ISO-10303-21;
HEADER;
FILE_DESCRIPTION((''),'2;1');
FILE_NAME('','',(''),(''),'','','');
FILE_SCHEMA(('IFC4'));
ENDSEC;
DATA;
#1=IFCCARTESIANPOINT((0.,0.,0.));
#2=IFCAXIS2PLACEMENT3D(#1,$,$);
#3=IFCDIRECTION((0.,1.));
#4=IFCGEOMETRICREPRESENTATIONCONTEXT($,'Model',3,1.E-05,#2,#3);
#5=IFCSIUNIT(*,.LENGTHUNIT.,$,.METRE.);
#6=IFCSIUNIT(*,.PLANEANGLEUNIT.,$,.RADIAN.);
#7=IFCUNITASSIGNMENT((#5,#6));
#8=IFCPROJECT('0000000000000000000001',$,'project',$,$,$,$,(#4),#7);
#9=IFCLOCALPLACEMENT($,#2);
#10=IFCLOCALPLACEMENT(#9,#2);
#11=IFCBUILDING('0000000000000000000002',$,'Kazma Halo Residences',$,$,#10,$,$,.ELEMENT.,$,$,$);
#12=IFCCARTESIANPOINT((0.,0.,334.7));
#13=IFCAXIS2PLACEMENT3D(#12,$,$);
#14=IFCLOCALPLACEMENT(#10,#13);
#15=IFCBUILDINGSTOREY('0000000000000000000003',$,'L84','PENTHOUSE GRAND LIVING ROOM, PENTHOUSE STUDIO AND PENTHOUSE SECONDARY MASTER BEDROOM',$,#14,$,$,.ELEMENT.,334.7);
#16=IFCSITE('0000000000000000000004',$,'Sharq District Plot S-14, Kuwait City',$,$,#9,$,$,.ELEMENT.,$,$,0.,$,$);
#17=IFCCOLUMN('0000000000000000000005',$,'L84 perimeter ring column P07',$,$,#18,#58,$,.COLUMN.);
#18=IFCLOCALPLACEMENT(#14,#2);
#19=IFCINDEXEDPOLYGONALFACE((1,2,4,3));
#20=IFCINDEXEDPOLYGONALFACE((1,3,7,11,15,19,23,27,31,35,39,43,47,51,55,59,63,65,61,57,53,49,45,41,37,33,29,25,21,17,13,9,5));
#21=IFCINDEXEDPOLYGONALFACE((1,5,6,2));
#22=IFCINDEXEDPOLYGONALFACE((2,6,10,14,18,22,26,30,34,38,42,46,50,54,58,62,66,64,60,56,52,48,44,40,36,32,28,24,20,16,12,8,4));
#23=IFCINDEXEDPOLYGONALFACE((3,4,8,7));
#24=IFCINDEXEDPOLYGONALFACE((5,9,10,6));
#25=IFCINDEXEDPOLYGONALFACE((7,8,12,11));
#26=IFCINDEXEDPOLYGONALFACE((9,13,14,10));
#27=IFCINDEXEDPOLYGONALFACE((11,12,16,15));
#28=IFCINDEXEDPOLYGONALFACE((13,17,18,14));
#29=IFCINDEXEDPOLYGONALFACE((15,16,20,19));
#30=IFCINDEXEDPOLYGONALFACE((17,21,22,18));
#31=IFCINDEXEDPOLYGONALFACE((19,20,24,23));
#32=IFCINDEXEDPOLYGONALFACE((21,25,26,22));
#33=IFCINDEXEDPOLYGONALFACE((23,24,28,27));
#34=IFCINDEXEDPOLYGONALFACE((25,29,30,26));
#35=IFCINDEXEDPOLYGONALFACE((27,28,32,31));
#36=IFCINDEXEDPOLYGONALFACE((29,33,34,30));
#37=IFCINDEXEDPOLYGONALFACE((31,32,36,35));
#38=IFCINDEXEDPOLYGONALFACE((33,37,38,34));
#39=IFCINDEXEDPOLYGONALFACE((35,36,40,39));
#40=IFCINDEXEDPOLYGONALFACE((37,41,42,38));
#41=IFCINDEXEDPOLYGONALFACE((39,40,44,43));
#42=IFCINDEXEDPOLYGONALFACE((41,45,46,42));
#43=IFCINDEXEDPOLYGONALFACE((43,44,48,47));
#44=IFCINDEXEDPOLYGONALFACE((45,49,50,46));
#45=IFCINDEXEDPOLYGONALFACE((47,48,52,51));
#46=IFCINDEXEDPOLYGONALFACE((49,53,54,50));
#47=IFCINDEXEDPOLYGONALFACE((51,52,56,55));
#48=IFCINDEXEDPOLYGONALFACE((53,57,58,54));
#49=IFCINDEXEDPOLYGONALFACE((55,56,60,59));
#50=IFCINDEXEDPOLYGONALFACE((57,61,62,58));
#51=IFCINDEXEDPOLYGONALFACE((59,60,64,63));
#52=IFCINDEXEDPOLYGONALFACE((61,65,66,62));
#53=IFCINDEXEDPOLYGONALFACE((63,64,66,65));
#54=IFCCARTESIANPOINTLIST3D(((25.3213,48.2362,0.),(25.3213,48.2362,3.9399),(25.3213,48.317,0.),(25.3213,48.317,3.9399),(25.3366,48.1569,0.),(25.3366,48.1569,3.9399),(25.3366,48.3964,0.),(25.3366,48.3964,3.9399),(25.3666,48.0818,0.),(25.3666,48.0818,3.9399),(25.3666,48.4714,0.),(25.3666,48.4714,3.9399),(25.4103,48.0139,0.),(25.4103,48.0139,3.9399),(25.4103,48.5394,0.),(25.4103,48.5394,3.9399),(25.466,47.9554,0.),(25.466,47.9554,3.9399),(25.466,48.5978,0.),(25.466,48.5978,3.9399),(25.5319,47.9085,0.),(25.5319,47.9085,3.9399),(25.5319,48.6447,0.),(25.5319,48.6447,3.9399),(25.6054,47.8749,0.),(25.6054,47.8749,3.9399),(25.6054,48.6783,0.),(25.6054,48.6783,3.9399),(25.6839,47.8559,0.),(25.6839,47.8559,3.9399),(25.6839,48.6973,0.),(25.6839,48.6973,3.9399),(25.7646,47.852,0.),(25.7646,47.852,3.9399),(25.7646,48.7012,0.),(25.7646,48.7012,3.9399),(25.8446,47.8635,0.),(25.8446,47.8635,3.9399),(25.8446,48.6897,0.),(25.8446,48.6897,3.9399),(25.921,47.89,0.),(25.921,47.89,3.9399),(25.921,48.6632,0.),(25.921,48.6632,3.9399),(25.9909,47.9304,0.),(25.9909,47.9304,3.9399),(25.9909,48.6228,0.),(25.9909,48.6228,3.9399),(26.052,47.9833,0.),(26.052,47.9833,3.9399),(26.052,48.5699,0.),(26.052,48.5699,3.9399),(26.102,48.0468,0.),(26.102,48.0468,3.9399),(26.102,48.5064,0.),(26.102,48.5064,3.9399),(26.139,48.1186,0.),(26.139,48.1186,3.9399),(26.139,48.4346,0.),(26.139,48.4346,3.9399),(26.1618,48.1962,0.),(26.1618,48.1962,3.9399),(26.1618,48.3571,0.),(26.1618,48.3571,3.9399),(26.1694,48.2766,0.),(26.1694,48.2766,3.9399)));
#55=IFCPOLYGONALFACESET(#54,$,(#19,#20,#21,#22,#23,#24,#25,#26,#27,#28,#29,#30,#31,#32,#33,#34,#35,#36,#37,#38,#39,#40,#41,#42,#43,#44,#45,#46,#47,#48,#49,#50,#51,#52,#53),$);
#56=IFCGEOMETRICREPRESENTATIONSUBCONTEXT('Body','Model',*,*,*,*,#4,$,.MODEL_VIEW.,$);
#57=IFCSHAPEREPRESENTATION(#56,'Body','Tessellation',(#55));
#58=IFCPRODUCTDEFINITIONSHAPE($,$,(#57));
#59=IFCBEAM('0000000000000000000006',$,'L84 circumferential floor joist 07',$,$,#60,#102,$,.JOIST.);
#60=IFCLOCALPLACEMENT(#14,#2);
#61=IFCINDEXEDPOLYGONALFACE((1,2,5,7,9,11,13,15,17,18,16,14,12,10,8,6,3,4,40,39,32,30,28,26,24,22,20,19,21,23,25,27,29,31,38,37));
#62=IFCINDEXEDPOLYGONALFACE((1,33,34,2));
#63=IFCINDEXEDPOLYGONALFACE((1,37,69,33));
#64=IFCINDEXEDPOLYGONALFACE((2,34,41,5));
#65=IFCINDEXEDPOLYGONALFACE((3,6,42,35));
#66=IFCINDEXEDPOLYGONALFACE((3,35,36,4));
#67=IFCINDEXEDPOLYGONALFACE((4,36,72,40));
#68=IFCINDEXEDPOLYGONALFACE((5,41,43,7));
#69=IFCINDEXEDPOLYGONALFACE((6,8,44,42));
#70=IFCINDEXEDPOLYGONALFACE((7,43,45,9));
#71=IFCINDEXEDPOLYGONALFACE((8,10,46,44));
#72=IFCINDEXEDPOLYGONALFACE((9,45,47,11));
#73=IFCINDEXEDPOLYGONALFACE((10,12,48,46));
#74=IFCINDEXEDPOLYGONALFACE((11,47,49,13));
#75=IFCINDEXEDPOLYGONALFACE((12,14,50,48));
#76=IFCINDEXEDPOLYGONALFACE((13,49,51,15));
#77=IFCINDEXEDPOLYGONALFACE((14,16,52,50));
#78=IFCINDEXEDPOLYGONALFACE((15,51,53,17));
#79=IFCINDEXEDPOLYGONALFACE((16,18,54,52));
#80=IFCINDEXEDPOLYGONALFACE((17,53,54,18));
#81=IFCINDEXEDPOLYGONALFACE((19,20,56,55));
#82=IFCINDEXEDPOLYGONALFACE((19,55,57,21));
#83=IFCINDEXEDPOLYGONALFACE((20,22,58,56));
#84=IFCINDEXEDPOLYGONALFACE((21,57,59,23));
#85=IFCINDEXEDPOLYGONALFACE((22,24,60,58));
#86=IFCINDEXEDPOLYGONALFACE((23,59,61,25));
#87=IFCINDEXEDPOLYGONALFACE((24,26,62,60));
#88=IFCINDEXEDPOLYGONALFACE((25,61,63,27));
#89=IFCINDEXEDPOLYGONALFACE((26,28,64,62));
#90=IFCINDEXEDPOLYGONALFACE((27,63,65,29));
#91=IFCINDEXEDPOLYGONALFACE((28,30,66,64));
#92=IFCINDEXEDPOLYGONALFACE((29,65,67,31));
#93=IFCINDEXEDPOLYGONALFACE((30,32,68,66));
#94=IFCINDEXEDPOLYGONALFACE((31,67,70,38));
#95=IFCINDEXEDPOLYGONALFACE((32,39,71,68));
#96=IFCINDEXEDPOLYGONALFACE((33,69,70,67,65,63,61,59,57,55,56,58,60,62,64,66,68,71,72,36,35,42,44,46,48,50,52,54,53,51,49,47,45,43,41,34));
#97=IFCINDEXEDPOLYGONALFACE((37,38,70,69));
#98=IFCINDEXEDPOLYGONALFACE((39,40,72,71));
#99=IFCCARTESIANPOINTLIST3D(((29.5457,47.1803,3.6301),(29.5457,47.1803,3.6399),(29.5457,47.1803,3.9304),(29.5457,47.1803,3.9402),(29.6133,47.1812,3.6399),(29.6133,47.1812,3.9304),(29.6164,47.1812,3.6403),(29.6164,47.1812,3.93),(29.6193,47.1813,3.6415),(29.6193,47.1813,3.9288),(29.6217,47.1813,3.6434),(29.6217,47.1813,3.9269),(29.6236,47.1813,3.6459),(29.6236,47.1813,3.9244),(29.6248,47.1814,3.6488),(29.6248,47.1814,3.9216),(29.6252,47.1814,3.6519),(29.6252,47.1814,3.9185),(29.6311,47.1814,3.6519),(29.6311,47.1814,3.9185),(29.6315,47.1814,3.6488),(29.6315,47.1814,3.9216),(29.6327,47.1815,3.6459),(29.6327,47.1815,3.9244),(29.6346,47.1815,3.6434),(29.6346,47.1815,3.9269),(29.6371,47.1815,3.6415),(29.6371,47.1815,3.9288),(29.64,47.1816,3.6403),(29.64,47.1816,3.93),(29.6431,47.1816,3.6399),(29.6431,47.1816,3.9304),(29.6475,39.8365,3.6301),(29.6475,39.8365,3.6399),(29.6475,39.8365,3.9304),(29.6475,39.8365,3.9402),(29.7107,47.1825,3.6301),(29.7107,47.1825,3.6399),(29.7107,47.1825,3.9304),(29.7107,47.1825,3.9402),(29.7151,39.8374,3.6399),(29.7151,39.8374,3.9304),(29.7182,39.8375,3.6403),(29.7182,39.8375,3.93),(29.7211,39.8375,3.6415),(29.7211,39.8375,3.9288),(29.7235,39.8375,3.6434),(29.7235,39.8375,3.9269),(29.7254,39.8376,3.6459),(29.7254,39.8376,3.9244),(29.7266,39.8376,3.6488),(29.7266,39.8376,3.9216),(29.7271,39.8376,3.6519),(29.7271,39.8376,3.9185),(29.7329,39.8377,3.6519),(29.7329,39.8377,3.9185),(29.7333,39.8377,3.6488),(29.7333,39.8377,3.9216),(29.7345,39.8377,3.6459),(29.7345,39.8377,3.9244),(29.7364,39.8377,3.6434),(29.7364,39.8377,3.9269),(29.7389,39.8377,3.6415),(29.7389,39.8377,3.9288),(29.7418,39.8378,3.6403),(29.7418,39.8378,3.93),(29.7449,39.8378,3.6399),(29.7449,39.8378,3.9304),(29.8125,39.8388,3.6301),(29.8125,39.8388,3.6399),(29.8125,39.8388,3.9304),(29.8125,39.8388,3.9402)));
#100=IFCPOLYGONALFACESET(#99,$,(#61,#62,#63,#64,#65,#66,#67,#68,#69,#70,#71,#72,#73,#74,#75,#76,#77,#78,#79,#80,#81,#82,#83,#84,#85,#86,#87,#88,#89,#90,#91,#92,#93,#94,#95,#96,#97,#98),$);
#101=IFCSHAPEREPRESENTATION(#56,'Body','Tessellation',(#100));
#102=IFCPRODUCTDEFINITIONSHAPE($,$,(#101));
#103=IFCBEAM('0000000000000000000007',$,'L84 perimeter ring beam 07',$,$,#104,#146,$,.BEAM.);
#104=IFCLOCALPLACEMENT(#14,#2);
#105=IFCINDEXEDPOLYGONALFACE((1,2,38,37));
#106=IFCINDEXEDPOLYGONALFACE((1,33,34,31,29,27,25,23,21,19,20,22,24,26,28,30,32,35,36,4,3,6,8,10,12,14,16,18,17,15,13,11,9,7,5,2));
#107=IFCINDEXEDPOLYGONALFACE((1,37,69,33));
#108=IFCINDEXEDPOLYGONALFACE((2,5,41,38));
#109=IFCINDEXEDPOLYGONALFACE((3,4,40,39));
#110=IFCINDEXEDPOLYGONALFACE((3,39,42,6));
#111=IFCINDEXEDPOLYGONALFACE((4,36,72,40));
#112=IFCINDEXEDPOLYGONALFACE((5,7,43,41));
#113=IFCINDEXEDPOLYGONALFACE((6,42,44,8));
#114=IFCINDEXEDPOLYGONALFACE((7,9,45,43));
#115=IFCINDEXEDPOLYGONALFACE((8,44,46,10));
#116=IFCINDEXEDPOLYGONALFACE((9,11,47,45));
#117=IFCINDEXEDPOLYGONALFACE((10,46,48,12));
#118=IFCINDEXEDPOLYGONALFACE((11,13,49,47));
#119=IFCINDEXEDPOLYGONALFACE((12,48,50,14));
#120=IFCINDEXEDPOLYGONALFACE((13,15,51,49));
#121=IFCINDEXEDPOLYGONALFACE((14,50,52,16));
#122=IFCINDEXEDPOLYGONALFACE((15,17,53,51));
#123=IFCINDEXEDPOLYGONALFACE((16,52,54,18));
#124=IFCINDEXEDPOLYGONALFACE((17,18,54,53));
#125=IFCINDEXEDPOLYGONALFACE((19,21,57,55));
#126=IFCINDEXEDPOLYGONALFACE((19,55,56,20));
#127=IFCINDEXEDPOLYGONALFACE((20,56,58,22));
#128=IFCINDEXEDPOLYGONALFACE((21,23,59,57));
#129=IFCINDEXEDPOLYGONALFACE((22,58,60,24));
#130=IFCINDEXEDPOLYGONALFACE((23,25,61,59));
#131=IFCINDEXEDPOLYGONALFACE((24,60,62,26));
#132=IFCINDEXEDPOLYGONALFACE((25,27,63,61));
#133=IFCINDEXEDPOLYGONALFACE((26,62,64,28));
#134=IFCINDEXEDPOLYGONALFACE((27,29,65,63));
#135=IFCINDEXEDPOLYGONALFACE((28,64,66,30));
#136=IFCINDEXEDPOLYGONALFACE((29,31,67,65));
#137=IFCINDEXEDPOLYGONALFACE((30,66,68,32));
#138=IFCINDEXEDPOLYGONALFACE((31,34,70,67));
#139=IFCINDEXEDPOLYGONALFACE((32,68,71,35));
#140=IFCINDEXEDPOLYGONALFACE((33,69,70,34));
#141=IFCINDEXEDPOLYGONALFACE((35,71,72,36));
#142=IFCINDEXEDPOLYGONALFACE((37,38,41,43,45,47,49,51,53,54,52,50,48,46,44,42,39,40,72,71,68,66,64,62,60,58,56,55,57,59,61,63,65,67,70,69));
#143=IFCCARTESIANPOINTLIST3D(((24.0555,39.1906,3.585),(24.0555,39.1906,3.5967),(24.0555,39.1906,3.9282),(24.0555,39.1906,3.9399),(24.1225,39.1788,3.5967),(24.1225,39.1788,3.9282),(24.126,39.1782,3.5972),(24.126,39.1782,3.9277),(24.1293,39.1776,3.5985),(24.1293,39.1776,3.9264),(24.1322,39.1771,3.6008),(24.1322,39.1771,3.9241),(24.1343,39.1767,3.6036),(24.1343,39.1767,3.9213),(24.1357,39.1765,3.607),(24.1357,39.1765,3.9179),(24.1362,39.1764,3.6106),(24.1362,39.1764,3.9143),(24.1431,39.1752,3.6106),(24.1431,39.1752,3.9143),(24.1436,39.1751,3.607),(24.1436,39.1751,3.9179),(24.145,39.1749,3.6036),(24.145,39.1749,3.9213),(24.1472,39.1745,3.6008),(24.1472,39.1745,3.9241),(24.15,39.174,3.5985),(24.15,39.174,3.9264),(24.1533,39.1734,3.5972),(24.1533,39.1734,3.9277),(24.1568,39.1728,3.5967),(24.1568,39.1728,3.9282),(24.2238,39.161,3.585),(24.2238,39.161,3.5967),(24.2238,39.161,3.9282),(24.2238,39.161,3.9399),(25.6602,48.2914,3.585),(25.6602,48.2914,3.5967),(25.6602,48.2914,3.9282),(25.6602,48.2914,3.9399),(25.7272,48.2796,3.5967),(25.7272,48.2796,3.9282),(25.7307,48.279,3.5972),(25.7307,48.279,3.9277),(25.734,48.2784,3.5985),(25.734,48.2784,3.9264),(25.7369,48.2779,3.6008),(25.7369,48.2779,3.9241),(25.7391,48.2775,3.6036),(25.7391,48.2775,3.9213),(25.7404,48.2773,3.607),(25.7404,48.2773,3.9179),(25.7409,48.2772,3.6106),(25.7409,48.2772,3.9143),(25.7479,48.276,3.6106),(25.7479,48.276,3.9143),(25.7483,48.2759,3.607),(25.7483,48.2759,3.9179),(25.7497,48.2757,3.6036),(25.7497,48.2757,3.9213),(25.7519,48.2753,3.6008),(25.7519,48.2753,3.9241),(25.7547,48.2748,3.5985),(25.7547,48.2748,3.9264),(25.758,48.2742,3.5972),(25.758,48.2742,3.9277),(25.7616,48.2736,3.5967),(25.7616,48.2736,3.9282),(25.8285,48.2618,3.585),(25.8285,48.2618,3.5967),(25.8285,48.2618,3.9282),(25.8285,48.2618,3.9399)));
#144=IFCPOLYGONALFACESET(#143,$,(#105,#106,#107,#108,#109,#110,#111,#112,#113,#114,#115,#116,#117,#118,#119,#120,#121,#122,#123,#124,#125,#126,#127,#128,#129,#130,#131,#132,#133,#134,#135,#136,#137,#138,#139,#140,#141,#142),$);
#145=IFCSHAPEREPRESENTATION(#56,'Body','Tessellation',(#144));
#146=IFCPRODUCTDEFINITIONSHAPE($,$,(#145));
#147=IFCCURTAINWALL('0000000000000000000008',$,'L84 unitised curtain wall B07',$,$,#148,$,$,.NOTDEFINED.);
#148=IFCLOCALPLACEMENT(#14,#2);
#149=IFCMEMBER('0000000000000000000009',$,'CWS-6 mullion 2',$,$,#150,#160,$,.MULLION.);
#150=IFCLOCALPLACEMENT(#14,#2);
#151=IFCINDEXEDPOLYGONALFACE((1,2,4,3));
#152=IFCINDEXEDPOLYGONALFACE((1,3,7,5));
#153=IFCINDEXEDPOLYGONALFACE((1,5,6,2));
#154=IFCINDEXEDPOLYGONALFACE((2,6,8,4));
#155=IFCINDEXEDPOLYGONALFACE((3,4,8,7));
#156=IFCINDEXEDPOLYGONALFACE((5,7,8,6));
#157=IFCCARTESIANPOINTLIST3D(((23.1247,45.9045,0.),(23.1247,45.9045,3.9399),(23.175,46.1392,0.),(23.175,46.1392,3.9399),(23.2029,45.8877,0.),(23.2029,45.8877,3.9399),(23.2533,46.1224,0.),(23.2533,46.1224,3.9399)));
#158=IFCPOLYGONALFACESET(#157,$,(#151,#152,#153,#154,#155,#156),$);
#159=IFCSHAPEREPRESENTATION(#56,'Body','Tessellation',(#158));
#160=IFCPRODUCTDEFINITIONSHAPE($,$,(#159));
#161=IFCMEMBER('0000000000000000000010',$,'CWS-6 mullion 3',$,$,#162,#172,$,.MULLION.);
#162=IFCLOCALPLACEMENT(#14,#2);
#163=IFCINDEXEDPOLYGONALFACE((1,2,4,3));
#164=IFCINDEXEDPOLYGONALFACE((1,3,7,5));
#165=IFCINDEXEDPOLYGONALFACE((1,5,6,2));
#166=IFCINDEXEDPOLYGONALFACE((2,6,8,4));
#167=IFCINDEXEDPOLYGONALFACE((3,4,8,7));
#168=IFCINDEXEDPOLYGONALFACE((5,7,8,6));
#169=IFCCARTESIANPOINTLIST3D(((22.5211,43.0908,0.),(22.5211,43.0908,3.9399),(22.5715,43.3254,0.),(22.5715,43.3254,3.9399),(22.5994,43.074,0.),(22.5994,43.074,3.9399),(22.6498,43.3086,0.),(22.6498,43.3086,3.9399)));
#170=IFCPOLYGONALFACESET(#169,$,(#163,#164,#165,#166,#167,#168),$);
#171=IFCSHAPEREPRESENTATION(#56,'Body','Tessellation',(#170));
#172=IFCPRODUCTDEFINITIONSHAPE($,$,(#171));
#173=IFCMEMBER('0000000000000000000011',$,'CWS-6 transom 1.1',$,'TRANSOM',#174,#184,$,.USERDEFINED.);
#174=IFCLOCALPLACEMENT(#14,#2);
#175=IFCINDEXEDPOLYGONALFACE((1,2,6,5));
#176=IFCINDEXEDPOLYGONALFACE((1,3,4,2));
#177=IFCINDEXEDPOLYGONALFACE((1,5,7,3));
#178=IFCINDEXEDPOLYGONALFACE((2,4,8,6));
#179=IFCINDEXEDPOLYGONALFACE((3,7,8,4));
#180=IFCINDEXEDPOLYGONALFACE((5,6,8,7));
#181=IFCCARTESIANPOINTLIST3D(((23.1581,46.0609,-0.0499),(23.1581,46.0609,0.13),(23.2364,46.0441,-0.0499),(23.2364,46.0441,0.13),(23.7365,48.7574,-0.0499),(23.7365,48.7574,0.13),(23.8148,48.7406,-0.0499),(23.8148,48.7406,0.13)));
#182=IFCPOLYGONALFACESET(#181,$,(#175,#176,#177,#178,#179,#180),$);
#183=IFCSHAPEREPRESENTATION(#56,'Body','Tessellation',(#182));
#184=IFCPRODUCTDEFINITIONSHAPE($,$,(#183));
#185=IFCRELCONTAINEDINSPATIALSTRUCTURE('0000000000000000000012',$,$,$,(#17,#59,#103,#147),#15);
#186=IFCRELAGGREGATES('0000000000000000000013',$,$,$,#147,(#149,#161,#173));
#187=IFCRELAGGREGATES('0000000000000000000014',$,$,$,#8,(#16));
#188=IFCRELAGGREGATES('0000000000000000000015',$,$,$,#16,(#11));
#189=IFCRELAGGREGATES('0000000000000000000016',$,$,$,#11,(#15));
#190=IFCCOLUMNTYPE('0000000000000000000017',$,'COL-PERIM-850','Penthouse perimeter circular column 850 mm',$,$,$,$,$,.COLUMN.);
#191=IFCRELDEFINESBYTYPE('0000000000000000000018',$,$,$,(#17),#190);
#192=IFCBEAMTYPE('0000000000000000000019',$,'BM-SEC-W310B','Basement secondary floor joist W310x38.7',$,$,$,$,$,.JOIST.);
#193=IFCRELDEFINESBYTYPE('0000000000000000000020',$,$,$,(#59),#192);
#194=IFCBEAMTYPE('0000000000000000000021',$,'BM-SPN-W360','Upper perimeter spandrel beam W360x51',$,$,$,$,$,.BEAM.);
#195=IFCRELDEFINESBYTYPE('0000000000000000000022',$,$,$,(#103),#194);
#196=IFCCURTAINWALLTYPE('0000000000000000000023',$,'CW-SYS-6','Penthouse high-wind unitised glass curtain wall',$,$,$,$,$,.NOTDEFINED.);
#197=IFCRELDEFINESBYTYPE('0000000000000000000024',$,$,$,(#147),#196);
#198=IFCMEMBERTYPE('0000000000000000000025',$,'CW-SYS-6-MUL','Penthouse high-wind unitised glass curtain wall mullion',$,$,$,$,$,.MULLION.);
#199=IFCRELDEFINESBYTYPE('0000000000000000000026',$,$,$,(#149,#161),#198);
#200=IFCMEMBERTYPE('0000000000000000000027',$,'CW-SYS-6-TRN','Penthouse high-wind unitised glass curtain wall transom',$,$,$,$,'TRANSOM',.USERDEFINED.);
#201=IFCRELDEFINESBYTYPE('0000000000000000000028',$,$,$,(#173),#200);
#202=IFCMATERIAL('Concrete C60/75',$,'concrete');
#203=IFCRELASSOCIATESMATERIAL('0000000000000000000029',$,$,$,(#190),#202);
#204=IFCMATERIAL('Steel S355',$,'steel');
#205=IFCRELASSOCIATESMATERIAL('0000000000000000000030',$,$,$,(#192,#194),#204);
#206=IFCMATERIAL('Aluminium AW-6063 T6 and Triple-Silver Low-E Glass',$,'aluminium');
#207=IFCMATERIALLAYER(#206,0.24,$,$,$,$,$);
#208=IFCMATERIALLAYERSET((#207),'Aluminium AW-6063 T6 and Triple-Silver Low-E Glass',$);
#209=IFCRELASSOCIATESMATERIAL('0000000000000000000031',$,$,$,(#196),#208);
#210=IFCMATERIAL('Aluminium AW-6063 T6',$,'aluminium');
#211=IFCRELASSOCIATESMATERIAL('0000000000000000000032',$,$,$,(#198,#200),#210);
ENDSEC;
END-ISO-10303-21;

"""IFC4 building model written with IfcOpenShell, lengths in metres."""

from ifc_helpers import new_model, si_unit, direction, frame, origin, origin_2d, place, context, subcontext, project, spatial, rectangle, circle, i_section, extrude, material, layer, layer_set, material_profile, profile_set, type_object, element, aggregate, save


model = new_model("IFC4")

# Units and contexts
model_context = context("Model", 3, precision=1e-05, world=origin(), true_north=direction((0.0, 1.0)))
body_context = subcontext(model_context, "Body", "Model", "MODEL_VIEW")
ifc_project = project(units=[si_unit("LENGTHUNIT", "METRE"), si_unit("PLANEANGLEUNIT", "RADIAN")], contexts=[model_context])

# Site, building, storey
site_placement = place(None, origin())
site = spatial("IfcSite", under=ifc_project, at=site_placement, Name="Sharq District Plot S-14, Kuwait City", CompositionType="ELEMENT", RefElevation=0.0)
building_placement = place(site_placement, origin())
building = spatial("IfcBuilding", under=site, at=building_placement, Name="Kazma Halo Residences", CompositionType="ELEMENT")
storey_placement = place(building_placement, frame((0.0, 0.0, 334.7)))
storey = spatial("IfcBuildingStorey", under=building, at=storey_placement, Name="L84", Description="PENTHOUSE GRAND LIVING ROOM, PENTHOUSE STUDIO AND PENTHOUSE SECONDARY MASTER BEDROOM", CompositionType="ELEMENT", Elevation=334.7)

# Column
ifc_material_1 = material(Name="Concrete C60/75", Category="concrete")
ifc_material_profile_1 = material_profile(ifc_material_1, circle(Radius=0.425, at=origin_2d()), Name="CIRC850")
ifc_profile_set_1 = profile_set([ifc_material_profile_1], Name="Concrete C60/75")
column_type = type_object("IfcColumnType", Name="COL-PERIM-850", Description="Penthouse perimeter circular column 850 mm", PredefinedType="COLUMN", material=ifc_profile_set_1)
column_placement = place(storey_placement, frame((25.7444, 48.2766, 0.0), z_axis=(0.0, 0.0, 1.0), x_axis=(1.0, 0.0, 0.0)))
element("IfcColumn", 1, at=column_placement, inside=storey, type_object=column_type, Name="L84 perimeter ring column P07", PredefinedType="COLUMN", context=body_context, shape_type="SweptSolid", body=[
    extrude(circle(Radius=0.425, at=origin_2d()), origin(), (0.0, 0.0, 1.0), 3.9399),
])

# Beams
ifc_material_2 = material(Name="Steel S355", Category="steel")
ifc_material_profile_2 = material_profile(ifc_material_2, i_section(OverallWidth=0.165, OverallDepth=0.3101, WebThickness=0.0059, FlangeThickness=0.0098, FilletRadius=0.012, at=origin_2d()), Name="W310x38.7")
ifc_profile_set_2 = profile_set([ifc_material_profile_2], Name="Steel S355")
beam_type_1 = type_object("IfcBeamType", Name="BM-SEC-W310B", Description="Basement secondary floor joist W310x38.7", PredefinedType="JOIST", material=ifc_profile_set_2)
beam_1_placement = place(storey_placement, frame((29.6282, 47.1814, 3.7852), z_axis=(0.013862, -0.999904, 0.0), x_axis=(0.999904, 0.013862, 0.0)))
element("IfcBeam", 2, at=beam_1_placement, inside=storey, type_object=beam_type_1, Name="L84 circumferential floor joist 07", PredefinedType="JOIST", context=body_context, shape_type="SweptSolid", body=[
    extrude(i_section(OverallWidth=0.165, OverallDepth=0.3101, WebThickness=0.0059, FlangeThickness=0.0098, FilletRadius=0.012, at=origin_2d()), origin(), (0.0, 0.0, 1.0), 7.3445),
])
ifc_material_profile_3 = material_profile(ifc_material_2, i_section(OverallWidth=0.1709, OverallDepth=0.355, WebThickness=0.0071, FlangeThickness=0.0117, FilletRadius=0.0139, at=origin_2d()), Name="W360x51")
ifc_profile_set_3 = profile_set([ifc_material_profile_3], Name="Steel S355")
beam_type_2 = type_object("IfcBeamType", Name="BM-SPN-W360", Description="Upper perimeter spandrel beam W360x51", PredefinedType="BEAM", material=ifc_profile_set_3)
beam_2_placement = place(storey_placement, frame((25.7444, 48.2766, 3.7625), z_axis=(-0.17365, -0.984807, 0.0), x_axis=(0.984807, -0.17365, 0.0)))
element("IfcBeam", 3, at=beam_2_placement, inside=storey, type_object=beam_type_2, Name="L84 perimeter ring beam 07", PredefinedType="BEAM", context=body_context, shape_type="SweptSolid", body=[
    extrude(i_section(OverallWidth=0.1709, OverallDepth=0.355, WebThickness=0.0071, FlangeThickness=0.0117, FilletRadius=0.0139, at=origin_2d()), origin(), (0.0, 0.0, 1.0), 9.2412),
])

# Curtain wall, members
ifc_material_3 = material(Name="Aluminium AW-6063 T6 and Triple-Silver Low-E Glass", Category="aluminium")
ifc_layer_1 = layer(ifc_material_3, 0.24)
ifc_layer_set_1 = layer_set([ifc_layer_1], Name="Aluminium AW-6063 T6 and Triple-Silver Low-E Glass")
curtain_wall_type = type_object("IfcCurtainWallType", Name="CW-SYS-6", Description="Penthouse high-wind unitised glass curtain wall", PredefinedType="NOTDEFINED", material=ifc_layer_set_1)
curtain_wall_placement = place(storey_placement, origin())
curtain_wall = element("IfcCurtainWall", 4, at=curtain_wall_placement, inside=storey, type_object=curtain_wall_type, Name="L84 unitised curtain wall B07", PredefinedType="NOTDEFINED")
ifc_material_4 = material(Name="Aluminium AW-6063 T6", Category="aluminium")
ifc_material_profile_4 = material_profile(ifc_material_4, rectangle(XDim=0.0801, YDim=0.24, at=origin_2d()), Name="CWM-80x240")
ifc_profile_set_4 = profile_set([ifc_material_profile_4], Name="Aluminium AW-6063 T6")
member_type_1 = type_object("IfcMemberType", Name="CW-SYS-6-MUL", Description="Penthouse high-wind unitised glass curtain wall mullion", PredefinedType="MULLION", material=ifc_profile_set_4)
member_1_placement = place(storey_placement, frame((23.189, 46.0134, 0.0), z_axis=(0.0, 0.0, 1.0), x_axis=(0.977761, -0.209723, 0.0)))
member_1 = element("IfcMember", 5, at=member_1_placement, type_object=member_type_1, Name="CWS-6 mullion 2", PredefinedType="MULLION", context=body_context, shape_type="SweptSolid", body=[
    extrude(rectangle(XDim=0.0801, YDim=0.24, at=origin_2d()), origin(), (0.0, 0.0, 1.0), 3.9399),
])
member_2_placement = place(storey_placement, frame((22.5854, 43.1997, 0.0), z_axis=(0.0, 0.0, 1.0), x_axis=(0.977761, -0.209723, 0.0)))
member_2 = element("IfcMember", 6, at=member_2_placement, type_object=member_type_1, Name="CWS-6 mullion 3", PredefinedType="MULLION", context=body_context, shape_type="SweptSolid", body=[
    extrude(rectangle(XDim=0.0801, YDim=0.24, at=origin_2d()), origin(), (0.0, 0.0, 1.0), 3.9399),
])
ifc_material_profile_5 = material_profile(ifc_material_4, rectangle(XDim=0.0801, YDim=0.1799, at=origin_2d()), Name="CWT-80x180")
ifc_profile_set_5 = profile_set([ifc_material_profile_5], Name="Aluminium AW-6063 T6")
member_type_2 = type_object("IfcMemberType", Name="CW-SYS-6-TRN", Description="Penthouse high-wind unitised glass curtain wall transom", ElementType="TRANSOM", PredefinedType="USERDEFINED", material=ifc_profile_set_5)
member_3_placement = place(storey_placement, frame((23.7756, 48.749, 0.04), z_axis=(-0.209716, -0.977762, 0.0), x_axis=(0.977762, -0.209716, 0.0)))
member_3 = element("IfcMember", 7, at=member_3_placement, type_object=member_type_2, Name="CWS-6 transom 1.1", ObjectType="TRANSOM", PredefinedType="USERDEFINED", context=body_context, shape_type="SweptSolid", body=[
    extrude(rectangle(XDim=0.0801, YDim=0.1799, at=origin_2d()), origin(), (0.0, 0.0, 1.0), 2.7578),
])
aggregate(curtain_wall, [member_1, member_2, member_3])

save(model, "model.ifc")
